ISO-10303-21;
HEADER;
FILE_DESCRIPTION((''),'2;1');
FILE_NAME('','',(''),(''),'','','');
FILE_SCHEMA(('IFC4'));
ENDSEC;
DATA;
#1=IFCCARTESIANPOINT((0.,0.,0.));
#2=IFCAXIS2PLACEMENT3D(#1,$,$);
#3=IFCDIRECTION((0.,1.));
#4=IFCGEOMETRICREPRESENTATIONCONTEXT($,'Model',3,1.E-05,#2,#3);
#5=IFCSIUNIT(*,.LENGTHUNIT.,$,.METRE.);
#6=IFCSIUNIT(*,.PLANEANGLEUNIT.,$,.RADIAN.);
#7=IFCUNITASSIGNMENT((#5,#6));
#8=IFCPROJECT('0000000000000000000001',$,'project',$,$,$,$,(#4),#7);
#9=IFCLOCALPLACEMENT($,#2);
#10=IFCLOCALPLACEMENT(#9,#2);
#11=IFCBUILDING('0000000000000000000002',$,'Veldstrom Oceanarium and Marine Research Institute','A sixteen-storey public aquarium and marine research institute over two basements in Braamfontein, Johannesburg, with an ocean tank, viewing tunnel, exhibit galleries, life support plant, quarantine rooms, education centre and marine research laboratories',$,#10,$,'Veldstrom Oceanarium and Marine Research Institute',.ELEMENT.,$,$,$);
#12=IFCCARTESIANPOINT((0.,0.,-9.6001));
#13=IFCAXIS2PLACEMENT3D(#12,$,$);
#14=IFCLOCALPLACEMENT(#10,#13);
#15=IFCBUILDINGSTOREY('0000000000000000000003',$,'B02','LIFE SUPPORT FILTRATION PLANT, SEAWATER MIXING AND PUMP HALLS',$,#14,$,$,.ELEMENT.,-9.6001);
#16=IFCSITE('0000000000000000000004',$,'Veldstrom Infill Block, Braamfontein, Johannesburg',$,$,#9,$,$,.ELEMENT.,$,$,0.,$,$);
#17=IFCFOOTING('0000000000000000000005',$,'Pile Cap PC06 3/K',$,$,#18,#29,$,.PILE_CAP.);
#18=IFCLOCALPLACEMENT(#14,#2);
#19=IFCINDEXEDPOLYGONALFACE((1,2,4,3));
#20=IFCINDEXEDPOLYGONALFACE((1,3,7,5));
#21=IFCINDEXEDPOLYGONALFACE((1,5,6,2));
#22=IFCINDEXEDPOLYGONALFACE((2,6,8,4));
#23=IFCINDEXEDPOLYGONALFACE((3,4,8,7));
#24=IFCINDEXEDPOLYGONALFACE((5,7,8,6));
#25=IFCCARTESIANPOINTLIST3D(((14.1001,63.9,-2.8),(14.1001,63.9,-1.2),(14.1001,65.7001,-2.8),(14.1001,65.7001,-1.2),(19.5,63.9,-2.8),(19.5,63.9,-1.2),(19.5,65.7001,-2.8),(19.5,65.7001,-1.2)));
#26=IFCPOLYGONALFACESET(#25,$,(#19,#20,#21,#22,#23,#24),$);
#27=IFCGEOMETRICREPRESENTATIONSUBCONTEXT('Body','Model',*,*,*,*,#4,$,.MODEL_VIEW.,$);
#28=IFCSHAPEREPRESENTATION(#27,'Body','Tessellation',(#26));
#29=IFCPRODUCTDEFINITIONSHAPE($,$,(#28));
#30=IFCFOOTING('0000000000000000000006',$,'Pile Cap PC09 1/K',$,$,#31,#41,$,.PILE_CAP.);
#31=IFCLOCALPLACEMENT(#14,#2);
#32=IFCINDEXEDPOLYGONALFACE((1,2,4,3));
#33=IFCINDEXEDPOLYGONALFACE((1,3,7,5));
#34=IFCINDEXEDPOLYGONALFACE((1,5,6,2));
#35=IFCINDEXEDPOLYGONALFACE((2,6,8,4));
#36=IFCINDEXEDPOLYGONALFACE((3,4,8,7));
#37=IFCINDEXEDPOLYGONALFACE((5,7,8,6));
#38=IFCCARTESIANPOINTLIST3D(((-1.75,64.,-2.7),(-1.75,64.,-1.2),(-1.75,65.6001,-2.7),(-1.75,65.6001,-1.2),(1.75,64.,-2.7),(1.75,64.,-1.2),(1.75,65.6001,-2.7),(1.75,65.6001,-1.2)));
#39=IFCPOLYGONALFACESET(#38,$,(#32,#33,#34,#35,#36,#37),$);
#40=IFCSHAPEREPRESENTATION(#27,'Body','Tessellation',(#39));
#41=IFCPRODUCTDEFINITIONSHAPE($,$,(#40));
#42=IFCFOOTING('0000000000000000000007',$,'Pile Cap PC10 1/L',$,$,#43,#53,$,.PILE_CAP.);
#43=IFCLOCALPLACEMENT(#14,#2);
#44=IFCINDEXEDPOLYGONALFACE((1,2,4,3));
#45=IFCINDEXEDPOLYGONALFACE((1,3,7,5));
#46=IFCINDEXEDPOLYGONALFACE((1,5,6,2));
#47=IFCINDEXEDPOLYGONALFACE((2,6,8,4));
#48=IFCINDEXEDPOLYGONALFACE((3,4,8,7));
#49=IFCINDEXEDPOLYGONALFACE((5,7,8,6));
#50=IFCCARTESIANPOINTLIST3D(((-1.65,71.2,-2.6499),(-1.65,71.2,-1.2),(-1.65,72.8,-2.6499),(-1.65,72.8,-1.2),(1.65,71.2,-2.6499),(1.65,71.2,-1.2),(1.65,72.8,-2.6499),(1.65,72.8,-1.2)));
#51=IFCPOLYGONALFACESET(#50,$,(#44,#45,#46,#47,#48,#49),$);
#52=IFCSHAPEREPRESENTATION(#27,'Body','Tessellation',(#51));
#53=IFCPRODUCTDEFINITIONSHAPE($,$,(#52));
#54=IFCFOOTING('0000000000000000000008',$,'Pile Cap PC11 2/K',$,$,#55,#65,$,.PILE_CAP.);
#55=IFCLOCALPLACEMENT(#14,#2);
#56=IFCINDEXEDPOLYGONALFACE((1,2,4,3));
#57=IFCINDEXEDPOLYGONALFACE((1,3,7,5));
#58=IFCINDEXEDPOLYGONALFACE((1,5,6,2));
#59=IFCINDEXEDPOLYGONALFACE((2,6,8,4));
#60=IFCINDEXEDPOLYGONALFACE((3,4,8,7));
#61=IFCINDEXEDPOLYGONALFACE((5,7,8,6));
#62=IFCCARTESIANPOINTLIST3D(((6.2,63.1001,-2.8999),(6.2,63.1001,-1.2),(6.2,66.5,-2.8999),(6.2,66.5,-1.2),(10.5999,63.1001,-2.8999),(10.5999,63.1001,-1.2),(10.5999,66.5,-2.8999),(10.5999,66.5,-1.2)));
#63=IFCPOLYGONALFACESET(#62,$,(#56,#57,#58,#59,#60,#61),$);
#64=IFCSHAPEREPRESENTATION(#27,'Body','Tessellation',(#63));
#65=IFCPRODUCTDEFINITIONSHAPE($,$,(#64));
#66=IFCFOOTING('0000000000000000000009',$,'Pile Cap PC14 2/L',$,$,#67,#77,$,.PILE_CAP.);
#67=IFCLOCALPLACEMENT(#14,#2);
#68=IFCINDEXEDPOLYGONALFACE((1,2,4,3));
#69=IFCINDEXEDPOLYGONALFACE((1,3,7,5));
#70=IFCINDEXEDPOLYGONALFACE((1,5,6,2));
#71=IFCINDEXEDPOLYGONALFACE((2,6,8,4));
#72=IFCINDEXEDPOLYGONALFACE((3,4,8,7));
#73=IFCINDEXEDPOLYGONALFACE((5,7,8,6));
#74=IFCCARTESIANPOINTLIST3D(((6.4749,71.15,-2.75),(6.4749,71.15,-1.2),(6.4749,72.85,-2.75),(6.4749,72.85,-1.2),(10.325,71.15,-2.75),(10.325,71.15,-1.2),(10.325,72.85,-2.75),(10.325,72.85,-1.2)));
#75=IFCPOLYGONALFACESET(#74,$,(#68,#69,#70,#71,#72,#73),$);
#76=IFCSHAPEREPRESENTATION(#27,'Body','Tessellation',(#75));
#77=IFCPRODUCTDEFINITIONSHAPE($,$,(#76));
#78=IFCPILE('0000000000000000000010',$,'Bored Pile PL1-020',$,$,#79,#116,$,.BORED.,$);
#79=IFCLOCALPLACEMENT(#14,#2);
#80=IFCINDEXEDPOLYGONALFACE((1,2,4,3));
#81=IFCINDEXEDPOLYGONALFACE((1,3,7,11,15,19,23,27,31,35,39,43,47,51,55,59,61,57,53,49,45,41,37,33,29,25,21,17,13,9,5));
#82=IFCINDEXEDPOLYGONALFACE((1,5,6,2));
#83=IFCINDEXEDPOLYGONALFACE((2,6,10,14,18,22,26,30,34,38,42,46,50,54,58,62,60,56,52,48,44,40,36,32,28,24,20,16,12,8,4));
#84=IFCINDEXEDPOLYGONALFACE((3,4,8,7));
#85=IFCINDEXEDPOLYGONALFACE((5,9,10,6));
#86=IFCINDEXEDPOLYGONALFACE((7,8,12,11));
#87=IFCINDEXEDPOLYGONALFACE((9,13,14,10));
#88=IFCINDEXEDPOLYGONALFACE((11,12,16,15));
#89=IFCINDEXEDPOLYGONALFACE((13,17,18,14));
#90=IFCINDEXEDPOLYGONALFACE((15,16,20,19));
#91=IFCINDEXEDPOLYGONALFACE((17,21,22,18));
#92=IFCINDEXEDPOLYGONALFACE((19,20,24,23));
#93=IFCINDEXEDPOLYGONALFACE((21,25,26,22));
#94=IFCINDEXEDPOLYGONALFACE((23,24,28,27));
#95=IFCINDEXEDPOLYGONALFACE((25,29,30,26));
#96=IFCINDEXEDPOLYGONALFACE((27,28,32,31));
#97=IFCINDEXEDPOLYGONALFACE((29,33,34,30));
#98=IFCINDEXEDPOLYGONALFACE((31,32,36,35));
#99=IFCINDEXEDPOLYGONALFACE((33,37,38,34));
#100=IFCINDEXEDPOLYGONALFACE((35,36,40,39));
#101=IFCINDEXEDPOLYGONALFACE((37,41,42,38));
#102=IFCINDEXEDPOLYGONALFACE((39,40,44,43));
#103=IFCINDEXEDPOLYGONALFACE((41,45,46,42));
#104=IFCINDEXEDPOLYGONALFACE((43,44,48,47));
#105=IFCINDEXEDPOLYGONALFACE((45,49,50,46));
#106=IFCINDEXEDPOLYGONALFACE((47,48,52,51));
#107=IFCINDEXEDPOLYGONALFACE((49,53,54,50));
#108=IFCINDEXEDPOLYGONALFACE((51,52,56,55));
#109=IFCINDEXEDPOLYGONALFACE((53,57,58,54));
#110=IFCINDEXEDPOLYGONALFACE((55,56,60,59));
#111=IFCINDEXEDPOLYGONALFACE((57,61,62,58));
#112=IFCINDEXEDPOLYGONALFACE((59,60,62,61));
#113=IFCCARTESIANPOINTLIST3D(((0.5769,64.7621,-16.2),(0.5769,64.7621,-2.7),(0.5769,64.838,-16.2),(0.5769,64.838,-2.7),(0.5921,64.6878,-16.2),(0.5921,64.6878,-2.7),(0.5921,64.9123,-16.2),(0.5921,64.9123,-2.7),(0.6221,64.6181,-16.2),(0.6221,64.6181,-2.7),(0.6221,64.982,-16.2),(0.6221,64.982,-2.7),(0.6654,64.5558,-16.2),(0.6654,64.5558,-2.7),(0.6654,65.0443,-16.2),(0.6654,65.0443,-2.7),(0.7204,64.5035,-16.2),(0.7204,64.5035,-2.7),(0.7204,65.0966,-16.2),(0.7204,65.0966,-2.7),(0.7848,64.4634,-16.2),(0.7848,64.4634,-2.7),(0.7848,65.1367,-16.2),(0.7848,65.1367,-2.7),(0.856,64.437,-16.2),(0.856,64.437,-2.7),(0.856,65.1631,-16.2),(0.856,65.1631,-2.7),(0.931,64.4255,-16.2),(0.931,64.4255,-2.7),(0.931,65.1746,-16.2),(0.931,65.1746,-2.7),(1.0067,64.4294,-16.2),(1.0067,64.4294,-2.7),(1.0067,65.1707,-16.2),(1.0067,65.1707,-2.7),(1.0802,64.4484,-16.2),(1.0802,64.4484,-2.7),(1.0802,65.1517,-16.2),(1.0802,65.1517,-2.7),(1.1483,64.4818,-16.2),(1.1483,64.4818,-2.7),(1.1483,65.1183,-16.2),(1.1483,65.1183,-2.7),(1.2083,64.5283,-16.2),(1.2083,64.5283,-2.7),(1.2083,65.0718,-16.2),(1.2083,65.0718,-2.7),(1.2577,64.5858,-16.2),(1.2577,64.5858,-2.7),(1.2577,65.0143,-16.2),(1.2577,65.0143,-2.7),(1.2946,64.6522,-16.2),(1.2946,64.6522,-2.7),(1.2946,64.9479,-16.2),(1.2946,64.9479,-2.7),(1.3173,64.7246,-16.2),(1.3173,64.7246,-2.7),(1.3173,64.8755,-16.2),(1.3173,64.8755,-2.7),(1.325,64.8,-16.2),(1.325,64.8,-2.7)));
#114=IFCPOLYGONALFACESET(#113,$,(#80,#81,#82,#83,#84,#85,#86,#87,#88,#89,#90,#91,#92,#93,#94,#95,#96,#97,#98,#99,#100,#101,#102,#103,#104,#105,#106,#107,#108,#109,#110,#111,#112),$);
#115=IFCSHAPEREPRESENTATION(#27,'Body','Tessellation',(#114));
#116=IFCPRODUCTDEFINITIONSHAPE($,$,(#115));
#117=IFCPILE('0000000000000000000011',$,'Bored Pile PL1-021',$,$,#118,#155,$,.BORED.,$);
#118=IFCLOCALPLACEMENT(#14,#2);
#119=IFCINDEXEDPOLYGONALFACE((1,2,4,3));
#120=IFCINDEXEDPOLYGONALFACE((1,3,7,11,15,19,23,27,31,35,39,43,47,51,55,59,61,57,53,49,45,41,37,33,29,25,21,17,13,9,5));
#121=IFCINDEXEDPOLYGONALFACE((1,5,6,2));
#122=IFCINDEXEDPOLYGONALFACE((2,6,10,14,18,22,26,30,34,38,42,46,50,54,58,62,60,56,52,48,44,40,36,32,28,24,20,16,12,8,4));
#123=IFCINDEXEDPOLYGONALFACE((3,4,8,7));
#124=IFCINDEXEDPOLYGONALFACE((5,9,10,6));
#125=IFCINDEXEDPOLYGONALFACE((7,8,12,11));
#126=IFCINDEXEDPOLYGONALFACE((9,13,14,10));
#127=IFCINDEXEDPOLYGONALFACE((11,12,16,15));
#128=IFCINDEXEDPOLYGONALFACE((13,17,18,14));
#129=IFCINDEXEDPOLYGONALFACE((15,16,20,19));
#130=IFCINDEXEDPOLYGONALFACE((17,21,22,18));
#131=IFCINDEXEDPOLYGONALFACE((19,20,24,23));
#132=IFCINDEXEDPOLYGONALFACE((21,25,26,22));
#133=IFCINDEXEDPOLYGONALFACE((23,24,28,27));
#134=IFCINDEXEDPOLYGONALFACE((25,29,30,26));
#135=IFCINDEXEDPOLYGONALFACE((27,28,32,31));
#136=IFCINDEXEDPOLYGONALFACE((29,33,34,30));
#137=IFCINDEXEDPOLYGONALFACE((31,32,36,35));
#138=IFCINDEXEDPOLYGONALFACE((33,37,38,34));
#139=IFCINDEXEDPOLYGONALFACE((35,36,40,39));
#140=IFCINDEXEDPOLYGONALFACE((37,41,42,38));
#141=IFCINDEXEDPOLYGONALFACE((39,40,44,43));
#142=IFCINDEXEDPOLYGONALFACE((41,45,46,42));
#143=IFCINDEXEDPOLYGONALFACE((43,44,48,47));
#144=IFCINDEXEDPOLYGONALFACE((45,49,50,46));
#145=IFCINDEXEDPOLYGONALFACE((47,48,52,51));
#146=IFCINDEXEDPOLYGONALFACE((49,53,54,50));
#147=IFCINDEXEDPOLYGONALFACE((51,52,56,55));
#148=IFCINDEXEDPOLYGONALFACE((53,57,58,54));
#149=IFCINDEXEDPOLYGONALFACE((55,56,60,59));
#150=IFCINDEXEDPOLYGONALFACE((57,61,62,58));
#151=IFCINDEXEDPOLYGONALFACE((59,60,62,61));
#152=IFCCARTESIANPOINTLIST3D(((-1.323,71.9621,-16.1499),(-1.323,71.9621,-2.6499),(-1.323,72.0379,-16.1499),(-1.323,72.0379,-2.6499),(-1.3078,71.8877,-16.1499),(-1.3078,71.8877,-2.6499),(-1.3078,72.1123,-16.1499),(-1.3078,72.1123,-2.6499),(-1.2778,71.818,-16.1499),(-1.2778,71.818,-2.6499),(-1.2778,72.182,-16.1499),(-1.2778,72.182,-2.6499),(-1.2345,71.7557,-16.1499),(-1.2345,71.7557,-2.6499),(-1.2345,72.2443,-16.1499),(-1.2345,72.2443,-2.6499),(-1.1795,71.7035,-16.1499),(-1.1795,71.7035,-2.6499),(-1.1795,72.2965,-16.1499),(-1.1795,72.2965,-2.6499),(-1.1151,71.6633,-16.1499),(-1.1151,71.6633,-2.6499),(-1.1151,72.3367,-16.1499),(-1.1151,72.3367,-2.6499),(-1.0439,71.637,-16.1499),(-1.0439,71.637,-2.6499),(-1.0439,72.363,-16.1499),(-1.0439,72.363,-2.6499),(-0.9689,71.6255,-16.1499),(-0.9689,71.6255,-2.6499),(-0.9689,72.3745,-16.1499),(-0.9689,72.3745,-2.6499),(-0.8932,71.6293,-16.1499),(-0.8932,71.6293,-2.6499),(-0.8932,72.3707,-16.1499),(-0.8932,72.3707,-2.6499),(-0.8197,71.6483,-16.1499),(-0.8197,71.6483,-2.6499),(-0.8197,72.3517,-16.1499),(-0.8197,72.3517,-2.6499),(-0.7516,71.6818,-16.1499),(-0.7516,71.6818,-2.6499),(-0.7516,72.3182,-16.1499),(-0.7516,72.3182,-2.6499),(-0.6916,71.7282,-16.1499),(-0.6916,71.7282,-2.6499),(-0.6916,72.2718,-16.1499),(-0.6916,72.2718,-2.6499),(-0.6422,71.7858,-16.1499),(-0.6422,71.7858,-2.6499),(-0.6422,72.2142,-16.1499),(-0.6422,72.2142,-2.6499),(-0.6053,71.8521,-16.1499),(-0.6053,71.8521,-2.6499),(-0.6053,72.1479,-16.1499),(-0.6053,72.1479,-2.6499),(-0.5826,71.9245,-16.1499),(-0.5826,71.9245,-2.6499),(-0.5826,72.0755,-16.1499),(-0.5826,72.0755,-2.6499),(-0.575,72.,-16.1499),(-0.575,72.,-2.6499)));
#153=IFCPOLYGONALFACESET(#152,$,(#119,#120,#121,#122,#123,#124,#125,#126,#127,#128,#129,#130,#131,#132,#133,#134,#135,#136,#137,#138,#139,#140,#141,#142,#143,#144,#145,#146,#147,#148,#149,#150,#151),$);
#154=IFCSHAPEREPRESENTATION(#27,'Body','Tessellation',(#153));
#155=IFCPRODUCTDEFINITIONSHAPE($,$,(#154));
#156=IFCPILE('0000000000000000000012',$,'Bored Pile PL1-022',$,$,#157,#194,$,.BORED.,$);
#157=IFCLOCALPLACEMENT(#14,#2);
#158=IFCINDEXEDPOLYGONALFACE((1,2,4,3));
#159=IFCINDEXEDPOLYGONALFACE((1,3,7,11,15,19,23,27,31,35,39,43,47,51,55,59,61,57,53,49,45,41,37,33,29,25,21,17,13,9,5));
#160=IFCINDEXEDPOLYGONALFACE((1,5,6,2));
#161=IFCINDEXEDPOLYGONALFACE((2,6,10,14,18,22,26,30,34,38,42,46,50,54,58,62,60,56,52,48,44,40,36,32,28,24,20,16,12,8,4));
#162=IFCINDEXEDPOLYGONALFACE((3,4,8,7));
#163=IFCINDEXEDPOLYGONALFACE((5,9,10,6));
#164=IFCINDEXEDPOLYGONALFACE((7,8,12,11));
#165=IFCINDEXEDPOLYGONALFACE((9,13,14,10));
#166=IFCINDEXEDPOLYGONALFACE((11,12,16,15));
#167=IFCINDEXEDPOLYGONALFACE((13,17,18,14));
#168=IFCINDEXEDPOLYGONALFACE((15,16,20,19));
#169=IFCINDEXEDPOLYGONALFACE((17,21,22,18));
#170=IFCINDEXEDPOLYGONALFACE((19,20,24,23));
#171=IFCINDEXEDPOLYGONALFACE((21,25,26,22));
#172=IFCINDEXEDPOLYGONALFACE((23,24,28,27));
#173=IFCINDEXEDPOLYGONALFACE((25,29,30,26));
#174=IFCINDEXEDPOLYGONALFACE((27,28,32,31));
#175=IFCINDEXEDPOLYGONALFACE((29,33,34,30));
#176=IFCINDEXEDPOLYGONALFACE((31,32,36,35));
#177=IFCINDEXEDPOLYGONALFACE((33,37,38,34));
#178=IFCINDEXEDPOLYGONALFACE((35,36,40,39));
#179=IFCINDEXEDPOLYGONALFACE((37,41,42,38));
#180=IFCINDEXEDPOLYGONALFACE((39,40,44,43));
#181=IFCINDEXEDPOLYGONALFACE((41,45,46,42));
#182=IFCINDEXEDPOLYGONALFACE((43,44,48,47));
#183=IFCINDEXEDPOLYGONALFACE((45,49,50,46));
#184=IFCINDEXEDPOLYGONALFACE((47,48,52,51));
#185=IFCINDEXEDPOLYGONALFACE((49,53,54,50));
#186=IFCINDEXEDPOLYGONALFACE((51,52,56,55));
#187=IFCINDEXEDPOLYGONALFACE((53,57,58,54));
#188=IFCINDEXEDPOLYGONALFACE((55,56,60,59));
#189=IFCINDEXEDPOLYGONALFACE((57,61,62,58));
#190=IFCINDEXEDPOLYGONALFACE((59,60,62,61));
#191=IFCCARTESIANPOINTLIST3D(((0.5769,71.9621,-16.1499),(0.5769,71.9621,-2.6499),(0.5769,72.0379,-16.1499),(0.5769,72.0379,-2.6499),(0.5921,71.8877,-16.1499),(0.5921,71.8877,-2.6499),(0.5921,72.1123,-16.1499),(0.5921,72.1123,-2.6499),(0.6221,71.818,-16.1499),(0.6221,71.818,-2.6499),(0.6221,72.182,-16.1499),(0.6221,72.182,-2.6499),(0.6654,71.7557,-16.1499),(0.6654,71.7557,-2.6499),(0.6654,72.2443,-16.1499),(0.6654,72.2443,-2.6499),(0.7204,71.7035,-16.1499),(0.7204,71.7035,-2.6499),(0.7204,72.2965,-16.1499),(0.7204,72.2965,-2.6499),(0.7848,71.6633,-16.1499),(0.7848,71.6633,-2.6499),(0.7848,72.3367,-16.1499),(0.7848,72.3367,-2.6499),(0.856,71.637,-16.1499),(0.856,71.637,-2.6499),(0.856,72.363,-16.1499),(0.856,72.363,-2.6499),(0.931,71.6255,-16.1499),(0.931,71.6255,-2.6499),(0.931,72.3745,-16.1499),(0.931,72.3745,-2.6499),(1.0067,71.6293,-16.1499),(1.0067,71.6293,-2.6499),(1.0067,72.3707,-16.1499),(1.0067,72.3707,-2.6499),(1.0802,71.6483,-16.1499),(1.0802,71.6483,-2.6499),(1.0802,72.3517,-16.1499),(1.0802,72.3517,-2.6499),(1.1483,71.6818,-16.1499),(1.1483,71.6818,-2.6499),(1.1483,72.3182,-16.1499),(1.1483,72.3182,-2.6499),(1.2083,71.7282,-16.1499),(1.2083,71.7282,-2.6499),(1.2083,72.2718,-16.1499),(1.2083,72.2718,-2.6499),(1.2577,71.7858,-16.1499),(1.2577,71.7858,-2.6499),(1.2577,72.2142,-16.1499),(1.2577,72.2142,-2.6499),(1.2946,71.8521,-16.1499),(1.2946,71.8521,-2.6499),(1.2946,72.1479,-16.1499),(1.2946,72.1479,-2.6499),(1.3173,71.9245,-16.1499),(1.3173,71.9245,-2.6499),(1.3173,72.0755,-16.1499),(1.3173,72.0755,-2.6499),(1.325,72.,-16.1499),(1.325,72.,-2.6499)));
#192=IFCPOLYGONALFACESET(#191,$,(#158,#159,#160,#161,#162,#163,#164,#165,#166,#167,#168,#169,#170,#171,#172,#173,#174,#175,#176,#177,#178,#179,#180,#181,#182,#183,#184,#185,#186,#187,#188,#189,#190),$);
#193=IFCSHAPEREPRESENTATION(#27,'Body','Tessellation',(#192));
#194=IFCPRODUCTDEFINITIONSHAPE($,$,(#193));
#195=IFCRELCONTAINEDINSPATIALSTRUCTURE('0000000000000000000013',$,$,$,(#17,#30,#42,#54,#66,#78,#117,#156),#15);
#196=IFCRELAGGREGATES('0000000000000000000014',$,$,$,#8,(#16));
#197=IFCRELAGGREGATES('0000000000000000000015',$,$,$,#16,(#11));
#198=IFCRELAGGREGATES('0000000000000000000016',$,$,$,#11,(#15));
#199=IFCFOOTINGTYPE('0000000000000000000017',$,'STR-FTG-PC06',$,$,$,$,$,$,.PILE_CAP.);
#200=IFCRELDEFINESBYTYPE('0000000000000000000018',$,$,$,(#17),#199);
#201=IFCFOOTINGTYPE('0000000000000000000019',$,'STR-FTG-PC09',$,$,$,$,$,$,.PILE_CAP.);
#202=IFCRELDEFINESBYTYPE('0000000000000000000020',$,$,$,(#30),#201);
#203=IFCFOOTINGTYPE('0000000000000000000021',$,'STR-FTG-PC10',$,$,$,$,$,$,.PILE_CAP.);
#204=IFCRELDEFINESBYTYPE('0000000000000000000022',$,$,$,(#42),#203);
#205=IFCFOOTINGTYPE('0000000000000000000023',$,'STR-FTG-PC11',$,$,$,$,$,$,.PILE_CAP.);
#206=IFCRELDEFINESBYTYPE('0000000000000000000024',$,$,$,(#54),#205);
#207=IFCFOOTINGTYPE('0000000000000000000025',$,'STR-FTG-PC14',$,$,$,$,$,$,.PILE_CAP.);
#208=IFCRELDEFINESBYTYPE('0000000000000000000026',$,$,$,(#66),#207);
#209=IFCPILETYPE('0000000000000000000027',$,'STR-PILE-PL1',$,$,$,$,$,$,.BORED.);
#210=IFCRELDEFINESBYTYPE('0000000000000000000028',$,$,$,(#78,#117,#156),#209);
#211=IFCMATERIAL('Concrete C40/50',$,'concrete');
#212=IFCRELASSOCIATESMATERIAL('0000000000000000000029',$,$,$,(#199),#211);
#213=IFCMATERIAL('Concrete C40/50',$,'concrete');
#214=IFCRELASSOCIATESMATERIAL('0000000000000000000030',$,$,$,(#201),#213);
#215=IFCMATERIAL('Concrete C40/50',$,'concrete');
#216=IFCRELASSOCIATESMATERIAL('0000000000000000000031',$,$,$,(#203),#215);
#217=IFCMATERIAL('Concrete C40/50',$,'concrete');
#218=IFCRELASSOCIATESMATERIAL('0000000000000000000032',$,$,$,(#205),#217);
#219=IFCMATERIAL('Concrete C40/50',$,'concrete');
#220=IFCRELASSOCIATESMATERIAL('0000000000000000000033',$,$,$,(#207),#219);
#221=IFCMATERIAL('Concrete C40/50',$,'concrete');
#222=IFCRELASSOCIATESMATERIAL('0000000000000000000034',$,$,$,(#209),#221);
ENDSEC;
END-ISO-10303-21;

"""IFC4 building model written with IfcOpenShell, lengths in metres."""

from ifc_helpers import new_model, si_unit, direction, frame, origin, origin_2d, place, context, subcontext, project, spatial, rectangle, circle, extrude, material, material_profile, profile_set, type_object, element, save


model = new_model("IFC4")

# Units and contexts
model_context = context("Model", 3, precision=1e-05, world=origin(), true_north=direction((0.0, 1.0)))
body_context = subcontext(model_context, "Body", "Model", "MODEL_VIEW")
ifc_project = project(units=[si_unit("LENGTHUNIT", "METRE"), si_unit("PLANEANGLEUNIT", "RADIAN")], contexts=[model_context])

# Site, building, storey
site_placement = place(None, origin())
site = spatial("IfcSite", under=ifc_project, at=site_placement, Name="Veldstrom Infill Block, Braamfontein, Johannesburg", CompositionType="ELEMENT", RefElevation=0.0)
building_placement = place(site_placement, origin())
building = spatial("IfcBuilding", under=site, at=building_placement, Name="Veldstrom Oceanarium and Marine Research Institute", Description="A sixteen-storey public aquarium and marine research institute over two basements in Braamfontein, Johannesburg, with an ocean tank, viewing tunnel, exhibit galleries, life support plant, quarantine rooms, education centre and marine research laboratories", LongName="Veldstrom Oceanarium and Marine Research Institute", CompositionType="ELEMENT")
storey_placement = place(building_placement, frame((0.0, 0.0, -9.6001)))
storey = spatial("IfcBuildingStorey", under=building, at=storey_placement, Name="B02", Description="LIFE SUPPORT FILTRATION PLANT, SEAWATER MIXING AND PUMP HALLS", CompositionType="ELEMENT", Elevation=-9.6001)

# Footings
ifc_material_1 = material(Name="Concrete C40/50", Category="concrete")
footing_type_1 = type_object("IfcFootingType", Name="STR-FTG-PC06", PredefinedType="PILE_CAP", material=ifc_material_1)
footing_1_placement = place(storey_placement, frame((16.8, 64.8, -2.8), z_axis=(0.0, 0.0, 1.0), x_axis=(1.0, 0.0, 0.0)))
element("IfcFooting", 1, at=footing_1_placement, inside=storey, type_object=footing_type_1, Name="Pile Cap PC06 3/K", PredefinedType="PILE_CAP", context=body_context, shape_type="SweptSolid", body=[
    extrude(rectangle(XDim=5.3999, YDim=1.8, at=origin_2d()), origin(), (0.0, 0.0, 1.0), 1.6001),
])
ifc_material_2 = material(Name="Concrete C40/50", Category="concrete")
footing_type_2 = type_object("IfcFootingType", Name="STR-FTG-PC09", PredefinedType="PILE_CAP", material=ifc_material_2)
footing_2_placement = place(storey_placement, frame((0.0, 64.8, -2.7), z_axis=(0.0, 0.0, 1.0), x_axis=(1.0, 0.0, 0.0)))
element("IfcFooting", 2, at=footing_2_placement, inside=storey, type_object=footing_type_2, Name="Pile Cap PC09 1/K", PredefinedType="PILE_CAP", context=body_context, shape_type="SweptSolid", body=[
    extrude(rectangle(XDim=3.5, YDim=1.6001, at=origin_2d()), origin(), (0.0, 0.0, 1.0), 1.5),
])
ifc_material_3 = material(Name="Concrete C40/50", Category="concrete")
footing_type_3 = type_object("IfcFootingType", Name="STR-FTG-PC10", PredefinedType="PILE_CAP", material=ifc_material_3)
footing_3_placement = place(storey_placement, frame((0.0, 72.0, -2.6499), z_axis=(0.0, 0.0, 1.0), x_axis=(1.0, 0.0, 0.0)))
element("IfcFooting", 3, at=footing_3_placement, inside=storey, type_object=footing_type_3, Name="Pile Cap PC10 1/L", PredefinedType="PILE_CAP", context=body_context, shape_type="SweptSolid", body=[
    extrude(rectangle(XDim=3.3, YDim=1.6001, at=origin_2d()), origin(), (0.0, 0.0, 1.0), 1.45),
])
ifc_material_4 = material(Name="Concrete C40/50", Category="concrete")
footing_type_4 = type_object("IfcFootingType", Name="STR-FTG-PC11", PredefinedType="PILE_CAP", material=ifc_material_4)
footing_4_placement = place(storey_placement, frame((8.3999, 64.8, -2.8999), z_axis=(0.0, 0.0, 1.0), x_axis=(1.0, 0.0, 0.0)))
element("IfcFooting", 4, at=footing_4_placement, inside=storey, type_object=footing_type_4, Name="Pile Cap PC11 2/K", PredefinedType="PILE_CAP", context=body_context, shape_type="SweptSolid", body=[
    extrude(rectangle(XDim=4.3999, YDim=3.3999, at=origin_2d()), origin(), (0.0, 0.0, 1.0), 1.7),
])
ifc_material_5 = material(Name="Concrete C40/50", Category="concrete")
footing_type_5 = type_object("IfcFootingType", Name="STR-FTG-PC14", PredefinedType="PILE_CAP", material=ifc_material_5)
footing_5_placement = place(storey_placement, frame((8.3999, 72.0, -2.75), z_axis=(0.0, 0.0, 1.0), x_axis=(1.0, 0.0, 0.0)))
element("IfcFooting", 5, at=footing_5_placement, inside=storey, type_object=footing_type_5, Name="Pile Cap PC14 2/L", PredefinedType="PILE_CAP", context=body_context, shape_type="SweptSolid", body=[
    extrude(rectangle(XDim=3.8501, YDim=1.7, at=origin_2d()), origin(), (0.0, 0.0, 1.0), 1.55),
])

# Piles
ifc_material_6 = material(Name="Concrete C40/50", Category="concrete")
ifc_material_profile_1 = material_profile(ifc_material_6, circle(Radius=0.375, at=origin_2d()), Name="PILE-D750")
ifc_profile_set_1 = profile_set([ifc_material_profile_1], Name="Concrete C40/50")
pile_type = type_object("IfcPileType", Name="STR-PILE-PL1", PredefinedType="BORED", material=ifc_profile_set_1)
for number, where, z_axis, x_axis, name in (
    (6, (0.95, 64.8, -2.7), (0.0, 0.0, -1.0), (1.0, 0.0, 0.0), "Bored Pile PL1-020"),
    (7, (-0.95, 72.0, -2.6499), (0.0, 0.0, -1.0), (1.0, 0.0, 0.0), "Bored Pile PL1-021"),
    (8, (0.95, 72.0, -2.6499), (0.0, 0.0, -1.0), (1.0, 0.0, 0.0), "Bored Pile PL1-022"),
):
    element("IfcPile", number, at=place(storey_placement, frame(where, z_axis=z_axis, x_axis=x_axis)), inside=storey, type_object=pile_type, Name=name, PredefinedType="BORED", context=body_context, shape_type="SweptSolid", body=[
        extrude(circle(Radius=0.375, at=origin_2d()), origin(), (0.0, 0.0, 1.0), 13.5),
    ])

save(model, "model.ifc")
